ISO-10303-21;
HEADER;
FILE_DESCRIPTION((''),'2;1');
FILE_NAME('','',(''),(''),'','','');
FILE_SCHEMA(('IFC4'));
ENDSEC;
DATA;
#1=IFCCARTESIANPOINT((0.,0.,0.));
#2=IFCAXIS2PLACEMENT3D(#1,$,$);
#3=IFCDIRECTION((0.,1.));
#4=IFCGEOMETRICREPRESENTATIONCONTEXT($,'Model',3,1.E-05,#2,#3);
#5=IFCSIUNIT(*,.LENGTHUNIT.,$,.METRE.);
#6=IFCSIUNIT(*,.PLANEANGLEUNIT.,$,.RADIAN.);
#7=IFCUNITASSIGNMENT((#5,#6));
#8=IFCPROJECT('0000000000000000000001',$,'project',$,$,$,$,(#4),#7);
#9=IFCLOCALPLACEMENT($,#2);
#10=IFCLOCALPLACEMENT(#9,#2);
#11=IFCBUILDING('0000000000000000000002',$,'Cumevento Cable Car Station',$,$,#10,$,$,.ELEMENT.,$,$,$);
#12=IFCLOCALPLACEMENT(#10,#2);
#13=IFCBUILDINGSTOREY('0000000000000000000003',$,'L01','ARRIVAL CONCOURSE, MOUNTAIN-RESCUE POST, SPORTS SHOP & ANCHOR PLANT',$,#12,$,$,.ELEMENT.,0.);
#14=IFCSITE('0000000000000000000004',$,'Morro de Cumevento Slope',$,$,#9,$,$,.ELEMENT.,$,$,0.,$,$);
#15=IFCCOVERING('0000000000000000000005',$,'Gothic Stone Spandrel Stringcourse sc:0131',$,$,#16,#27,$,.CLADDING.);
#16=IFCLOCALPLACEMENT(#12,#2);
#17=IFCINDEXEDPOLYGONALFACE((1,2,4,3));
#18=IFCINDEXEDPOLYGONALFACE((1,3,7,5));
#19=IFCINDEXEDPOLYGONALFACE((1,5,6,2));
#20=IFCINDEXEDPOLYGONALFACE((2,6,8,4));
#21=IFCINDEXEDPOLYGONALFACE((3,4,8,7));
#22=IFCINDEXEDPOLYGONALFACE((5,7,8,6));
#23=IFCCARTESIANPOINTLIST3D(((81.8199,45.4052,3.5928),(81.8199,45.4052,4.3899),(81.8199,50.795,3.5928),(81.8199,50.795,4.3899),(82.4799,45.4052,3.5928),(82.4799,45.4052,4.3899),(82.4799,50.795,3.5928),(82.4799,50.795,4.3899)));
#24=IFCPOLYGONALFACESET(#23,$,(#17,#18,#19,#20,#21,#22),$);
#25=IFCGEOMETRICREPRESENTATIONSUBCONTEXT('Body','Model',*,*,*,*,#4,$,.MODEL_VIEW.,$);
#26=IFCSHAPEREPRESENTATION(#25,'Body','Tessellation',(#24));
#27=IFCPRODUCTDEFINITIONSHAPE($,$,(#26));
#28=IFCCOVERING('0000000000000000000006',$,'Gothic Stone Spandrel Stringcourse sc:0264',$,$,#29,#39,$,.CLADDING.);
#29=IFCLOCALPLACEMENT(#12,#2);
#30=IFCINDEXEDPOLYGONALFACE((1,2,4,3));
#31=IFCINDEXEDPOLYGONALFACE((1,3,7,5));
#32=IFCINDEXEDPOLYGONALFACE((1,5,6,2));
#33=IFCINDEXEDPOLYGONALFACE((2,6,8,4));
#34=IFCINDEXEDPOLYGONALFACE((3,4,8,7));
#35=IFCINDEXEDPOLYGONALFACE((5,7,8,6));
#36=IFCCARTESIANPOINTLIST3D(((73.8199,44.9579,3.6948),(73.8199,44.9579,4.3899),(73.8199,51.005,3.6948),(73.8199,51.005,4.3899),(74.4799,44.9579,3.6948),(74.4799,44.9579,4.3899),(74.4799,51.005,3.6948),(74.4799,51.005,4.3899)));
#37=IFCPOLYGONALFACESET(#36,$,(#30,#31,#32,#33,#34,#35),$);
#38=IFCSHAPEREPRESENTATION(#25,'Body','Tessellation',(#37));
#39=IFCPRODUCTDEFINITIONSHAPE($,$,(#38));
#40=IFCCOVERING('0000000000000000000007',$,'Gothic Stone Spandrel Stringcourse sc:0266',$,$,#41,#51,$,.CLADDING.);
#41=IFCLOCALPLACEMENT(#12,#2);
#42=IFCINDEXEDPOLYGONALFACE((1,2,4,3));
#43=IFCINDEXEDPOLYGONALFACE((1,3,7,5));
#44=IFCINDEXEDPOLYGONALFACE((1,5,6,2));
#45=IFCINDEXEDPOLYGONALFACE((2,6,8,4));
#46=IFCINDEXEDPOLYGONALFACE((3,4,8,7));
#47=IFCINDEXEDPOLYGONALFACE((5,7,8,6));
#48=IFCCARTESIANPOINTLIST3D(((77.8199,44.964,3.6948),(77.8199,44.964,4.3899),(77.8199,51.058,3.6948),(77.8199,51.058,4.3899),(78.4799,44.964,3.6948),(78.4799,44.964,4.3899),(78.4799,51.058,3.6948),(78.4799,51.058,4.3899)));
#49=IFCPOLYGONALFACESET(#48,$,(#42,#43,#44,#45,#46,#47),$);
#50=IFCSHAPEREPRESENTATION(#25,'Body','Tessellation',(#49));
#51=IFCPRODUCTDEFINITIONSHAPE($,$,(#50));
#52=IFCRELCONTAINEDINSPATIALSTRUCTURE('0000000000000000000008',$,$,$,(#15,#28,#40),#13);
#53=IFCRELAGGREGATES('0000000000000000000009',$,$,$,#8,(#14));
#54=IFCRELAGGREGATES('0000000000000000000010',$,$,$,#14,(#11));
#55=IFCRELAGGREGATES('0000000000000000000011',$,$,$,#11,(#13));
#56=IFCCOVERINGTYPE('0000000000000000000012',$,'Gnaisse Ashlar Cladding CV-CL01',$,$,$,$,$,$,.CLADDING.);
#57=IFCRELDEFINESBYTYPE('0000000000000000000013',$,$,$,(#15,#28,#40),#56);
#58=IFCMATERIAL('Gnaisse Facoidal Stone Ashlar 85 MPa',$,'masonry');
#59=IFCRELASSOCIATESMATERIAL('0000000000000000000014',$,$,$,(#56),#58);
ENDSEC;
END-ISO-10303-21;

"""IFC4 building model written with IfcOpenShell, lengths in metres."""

from ifc_helpers import new_model, si_unit, direction, frame, origin, origin_2d, place, context, subcontext, project, spatial, rectangle, extrude, material, type_object, element, save


model = new_model("IFC4")

# Units and contexts
model_context = context("Model", 3, precision=1e-05, world=origin(), true_north=direction((0.0, 1.0)))
body_context = subcontext(model_context, "Body", "Model", "MODEL_VIEW")
ifc_project = project(units=[si_unit("LENGTHUNIT", "METRE"), si_unit("PLANEANGLEUNIT", "RADIAN")], contexts=[model_context])

# Site, building, storey
site_placement = place(None, origin())
site = spatial("IfcSite", under=ifc_project, at=site_placement, Name="Morro de Cumevento Slope", CompositionType="ELEMENT", RefElevation=0.0)
building_placement = place(site_placement, origin())
building = spatial("IfcBuilding", under=site, at=building_placement, Name="Cumevento Cable Car Station", CompositionType="ELEMENT")
storey_placement = place(building_placement, origin())
storey = spatial("IfcBuildingStorey", under=building, at=storey_placement, Name="L01", Description="ARRIVAL CONCOURSE, MOUNTAIN-RESCUE POST, SPORTS SHOP & ANCHOR PLANT", CompositionType="ELEMENT", Elevation=0.0)

# Coverings
ifc_material_1 = material(Name="Gnaisse Facoidal Stone Ashlar 85 MPa", Category="masonry")
covering_type = type_object("IfcCoveringType", Name="Gnaisse Ashlar Cladding CV-CL01", PredefinedType="CLADDING", material=ifc_material_1)
covering_1_placement = place(storey_placement, frame((82.1499, 48.1001, 3.5928), z_axis=(0.0, 0.0, 1.0), x_axis=(0.0, 1.0, 0.0)))
element("IfcCovering", 1, at=covering_1_placement, inside=storey, type_object=covering_type, Name="Gothic Stone Spandrel Stringcourse sc:0131", PredefinedType="CLADDING", context=body_context, shape_type="SweptSolid", body=[
    extrude(rectangle(XDim=5.3899, YDim=0.6599, at=origin_2d()), origin(), (0.0, 0.0, 1.0), 0.7971),
])
covering_2_placement = place(storey_placement, frame((74.1499, 47.9814, 3.6948), z_axis=(0.0, 0.0, 1.0), x_axis=(0.0, 1.0, 0.0)))
element("IfcCovering", 2, at=covering_2_placement, inside=storey, type_object=covering_type, Name="Gothic Stone Spandrel Stringcourse sc:0264", PredefinedType="CLADDING", context=body_context, shape_type="SweptSolid", body=[
    extrude(rectangle(XDim=6.0471, YDim=0.6599, at=origin_2d()), origin(), (0.0, 0.0, 1.0), 0.6951),
])
covering_3_placement = place(storey_placement, frame((78.1499, 48.011, 3.6948), z_axis=(0.0, 0.0, 1.0), x_axis=(0.0, 1.0, 0.0)))
element("IfcCovering", 3, at=covering_3_placement, inside=storey, type_object=covering_type, Name="Gothic Stone Spandrel Stringcourse sc:0266", PredefinedType="CLADDING", context=body_context, shape_type="SweptSolid", body=[
    extrude(rectangle(XDim=6.094, YDim=0.6599, at=origin_2d()), origin(), (0.0, 0.0, 1.0), 0.6951),
])

save(model, "model.ifc")
